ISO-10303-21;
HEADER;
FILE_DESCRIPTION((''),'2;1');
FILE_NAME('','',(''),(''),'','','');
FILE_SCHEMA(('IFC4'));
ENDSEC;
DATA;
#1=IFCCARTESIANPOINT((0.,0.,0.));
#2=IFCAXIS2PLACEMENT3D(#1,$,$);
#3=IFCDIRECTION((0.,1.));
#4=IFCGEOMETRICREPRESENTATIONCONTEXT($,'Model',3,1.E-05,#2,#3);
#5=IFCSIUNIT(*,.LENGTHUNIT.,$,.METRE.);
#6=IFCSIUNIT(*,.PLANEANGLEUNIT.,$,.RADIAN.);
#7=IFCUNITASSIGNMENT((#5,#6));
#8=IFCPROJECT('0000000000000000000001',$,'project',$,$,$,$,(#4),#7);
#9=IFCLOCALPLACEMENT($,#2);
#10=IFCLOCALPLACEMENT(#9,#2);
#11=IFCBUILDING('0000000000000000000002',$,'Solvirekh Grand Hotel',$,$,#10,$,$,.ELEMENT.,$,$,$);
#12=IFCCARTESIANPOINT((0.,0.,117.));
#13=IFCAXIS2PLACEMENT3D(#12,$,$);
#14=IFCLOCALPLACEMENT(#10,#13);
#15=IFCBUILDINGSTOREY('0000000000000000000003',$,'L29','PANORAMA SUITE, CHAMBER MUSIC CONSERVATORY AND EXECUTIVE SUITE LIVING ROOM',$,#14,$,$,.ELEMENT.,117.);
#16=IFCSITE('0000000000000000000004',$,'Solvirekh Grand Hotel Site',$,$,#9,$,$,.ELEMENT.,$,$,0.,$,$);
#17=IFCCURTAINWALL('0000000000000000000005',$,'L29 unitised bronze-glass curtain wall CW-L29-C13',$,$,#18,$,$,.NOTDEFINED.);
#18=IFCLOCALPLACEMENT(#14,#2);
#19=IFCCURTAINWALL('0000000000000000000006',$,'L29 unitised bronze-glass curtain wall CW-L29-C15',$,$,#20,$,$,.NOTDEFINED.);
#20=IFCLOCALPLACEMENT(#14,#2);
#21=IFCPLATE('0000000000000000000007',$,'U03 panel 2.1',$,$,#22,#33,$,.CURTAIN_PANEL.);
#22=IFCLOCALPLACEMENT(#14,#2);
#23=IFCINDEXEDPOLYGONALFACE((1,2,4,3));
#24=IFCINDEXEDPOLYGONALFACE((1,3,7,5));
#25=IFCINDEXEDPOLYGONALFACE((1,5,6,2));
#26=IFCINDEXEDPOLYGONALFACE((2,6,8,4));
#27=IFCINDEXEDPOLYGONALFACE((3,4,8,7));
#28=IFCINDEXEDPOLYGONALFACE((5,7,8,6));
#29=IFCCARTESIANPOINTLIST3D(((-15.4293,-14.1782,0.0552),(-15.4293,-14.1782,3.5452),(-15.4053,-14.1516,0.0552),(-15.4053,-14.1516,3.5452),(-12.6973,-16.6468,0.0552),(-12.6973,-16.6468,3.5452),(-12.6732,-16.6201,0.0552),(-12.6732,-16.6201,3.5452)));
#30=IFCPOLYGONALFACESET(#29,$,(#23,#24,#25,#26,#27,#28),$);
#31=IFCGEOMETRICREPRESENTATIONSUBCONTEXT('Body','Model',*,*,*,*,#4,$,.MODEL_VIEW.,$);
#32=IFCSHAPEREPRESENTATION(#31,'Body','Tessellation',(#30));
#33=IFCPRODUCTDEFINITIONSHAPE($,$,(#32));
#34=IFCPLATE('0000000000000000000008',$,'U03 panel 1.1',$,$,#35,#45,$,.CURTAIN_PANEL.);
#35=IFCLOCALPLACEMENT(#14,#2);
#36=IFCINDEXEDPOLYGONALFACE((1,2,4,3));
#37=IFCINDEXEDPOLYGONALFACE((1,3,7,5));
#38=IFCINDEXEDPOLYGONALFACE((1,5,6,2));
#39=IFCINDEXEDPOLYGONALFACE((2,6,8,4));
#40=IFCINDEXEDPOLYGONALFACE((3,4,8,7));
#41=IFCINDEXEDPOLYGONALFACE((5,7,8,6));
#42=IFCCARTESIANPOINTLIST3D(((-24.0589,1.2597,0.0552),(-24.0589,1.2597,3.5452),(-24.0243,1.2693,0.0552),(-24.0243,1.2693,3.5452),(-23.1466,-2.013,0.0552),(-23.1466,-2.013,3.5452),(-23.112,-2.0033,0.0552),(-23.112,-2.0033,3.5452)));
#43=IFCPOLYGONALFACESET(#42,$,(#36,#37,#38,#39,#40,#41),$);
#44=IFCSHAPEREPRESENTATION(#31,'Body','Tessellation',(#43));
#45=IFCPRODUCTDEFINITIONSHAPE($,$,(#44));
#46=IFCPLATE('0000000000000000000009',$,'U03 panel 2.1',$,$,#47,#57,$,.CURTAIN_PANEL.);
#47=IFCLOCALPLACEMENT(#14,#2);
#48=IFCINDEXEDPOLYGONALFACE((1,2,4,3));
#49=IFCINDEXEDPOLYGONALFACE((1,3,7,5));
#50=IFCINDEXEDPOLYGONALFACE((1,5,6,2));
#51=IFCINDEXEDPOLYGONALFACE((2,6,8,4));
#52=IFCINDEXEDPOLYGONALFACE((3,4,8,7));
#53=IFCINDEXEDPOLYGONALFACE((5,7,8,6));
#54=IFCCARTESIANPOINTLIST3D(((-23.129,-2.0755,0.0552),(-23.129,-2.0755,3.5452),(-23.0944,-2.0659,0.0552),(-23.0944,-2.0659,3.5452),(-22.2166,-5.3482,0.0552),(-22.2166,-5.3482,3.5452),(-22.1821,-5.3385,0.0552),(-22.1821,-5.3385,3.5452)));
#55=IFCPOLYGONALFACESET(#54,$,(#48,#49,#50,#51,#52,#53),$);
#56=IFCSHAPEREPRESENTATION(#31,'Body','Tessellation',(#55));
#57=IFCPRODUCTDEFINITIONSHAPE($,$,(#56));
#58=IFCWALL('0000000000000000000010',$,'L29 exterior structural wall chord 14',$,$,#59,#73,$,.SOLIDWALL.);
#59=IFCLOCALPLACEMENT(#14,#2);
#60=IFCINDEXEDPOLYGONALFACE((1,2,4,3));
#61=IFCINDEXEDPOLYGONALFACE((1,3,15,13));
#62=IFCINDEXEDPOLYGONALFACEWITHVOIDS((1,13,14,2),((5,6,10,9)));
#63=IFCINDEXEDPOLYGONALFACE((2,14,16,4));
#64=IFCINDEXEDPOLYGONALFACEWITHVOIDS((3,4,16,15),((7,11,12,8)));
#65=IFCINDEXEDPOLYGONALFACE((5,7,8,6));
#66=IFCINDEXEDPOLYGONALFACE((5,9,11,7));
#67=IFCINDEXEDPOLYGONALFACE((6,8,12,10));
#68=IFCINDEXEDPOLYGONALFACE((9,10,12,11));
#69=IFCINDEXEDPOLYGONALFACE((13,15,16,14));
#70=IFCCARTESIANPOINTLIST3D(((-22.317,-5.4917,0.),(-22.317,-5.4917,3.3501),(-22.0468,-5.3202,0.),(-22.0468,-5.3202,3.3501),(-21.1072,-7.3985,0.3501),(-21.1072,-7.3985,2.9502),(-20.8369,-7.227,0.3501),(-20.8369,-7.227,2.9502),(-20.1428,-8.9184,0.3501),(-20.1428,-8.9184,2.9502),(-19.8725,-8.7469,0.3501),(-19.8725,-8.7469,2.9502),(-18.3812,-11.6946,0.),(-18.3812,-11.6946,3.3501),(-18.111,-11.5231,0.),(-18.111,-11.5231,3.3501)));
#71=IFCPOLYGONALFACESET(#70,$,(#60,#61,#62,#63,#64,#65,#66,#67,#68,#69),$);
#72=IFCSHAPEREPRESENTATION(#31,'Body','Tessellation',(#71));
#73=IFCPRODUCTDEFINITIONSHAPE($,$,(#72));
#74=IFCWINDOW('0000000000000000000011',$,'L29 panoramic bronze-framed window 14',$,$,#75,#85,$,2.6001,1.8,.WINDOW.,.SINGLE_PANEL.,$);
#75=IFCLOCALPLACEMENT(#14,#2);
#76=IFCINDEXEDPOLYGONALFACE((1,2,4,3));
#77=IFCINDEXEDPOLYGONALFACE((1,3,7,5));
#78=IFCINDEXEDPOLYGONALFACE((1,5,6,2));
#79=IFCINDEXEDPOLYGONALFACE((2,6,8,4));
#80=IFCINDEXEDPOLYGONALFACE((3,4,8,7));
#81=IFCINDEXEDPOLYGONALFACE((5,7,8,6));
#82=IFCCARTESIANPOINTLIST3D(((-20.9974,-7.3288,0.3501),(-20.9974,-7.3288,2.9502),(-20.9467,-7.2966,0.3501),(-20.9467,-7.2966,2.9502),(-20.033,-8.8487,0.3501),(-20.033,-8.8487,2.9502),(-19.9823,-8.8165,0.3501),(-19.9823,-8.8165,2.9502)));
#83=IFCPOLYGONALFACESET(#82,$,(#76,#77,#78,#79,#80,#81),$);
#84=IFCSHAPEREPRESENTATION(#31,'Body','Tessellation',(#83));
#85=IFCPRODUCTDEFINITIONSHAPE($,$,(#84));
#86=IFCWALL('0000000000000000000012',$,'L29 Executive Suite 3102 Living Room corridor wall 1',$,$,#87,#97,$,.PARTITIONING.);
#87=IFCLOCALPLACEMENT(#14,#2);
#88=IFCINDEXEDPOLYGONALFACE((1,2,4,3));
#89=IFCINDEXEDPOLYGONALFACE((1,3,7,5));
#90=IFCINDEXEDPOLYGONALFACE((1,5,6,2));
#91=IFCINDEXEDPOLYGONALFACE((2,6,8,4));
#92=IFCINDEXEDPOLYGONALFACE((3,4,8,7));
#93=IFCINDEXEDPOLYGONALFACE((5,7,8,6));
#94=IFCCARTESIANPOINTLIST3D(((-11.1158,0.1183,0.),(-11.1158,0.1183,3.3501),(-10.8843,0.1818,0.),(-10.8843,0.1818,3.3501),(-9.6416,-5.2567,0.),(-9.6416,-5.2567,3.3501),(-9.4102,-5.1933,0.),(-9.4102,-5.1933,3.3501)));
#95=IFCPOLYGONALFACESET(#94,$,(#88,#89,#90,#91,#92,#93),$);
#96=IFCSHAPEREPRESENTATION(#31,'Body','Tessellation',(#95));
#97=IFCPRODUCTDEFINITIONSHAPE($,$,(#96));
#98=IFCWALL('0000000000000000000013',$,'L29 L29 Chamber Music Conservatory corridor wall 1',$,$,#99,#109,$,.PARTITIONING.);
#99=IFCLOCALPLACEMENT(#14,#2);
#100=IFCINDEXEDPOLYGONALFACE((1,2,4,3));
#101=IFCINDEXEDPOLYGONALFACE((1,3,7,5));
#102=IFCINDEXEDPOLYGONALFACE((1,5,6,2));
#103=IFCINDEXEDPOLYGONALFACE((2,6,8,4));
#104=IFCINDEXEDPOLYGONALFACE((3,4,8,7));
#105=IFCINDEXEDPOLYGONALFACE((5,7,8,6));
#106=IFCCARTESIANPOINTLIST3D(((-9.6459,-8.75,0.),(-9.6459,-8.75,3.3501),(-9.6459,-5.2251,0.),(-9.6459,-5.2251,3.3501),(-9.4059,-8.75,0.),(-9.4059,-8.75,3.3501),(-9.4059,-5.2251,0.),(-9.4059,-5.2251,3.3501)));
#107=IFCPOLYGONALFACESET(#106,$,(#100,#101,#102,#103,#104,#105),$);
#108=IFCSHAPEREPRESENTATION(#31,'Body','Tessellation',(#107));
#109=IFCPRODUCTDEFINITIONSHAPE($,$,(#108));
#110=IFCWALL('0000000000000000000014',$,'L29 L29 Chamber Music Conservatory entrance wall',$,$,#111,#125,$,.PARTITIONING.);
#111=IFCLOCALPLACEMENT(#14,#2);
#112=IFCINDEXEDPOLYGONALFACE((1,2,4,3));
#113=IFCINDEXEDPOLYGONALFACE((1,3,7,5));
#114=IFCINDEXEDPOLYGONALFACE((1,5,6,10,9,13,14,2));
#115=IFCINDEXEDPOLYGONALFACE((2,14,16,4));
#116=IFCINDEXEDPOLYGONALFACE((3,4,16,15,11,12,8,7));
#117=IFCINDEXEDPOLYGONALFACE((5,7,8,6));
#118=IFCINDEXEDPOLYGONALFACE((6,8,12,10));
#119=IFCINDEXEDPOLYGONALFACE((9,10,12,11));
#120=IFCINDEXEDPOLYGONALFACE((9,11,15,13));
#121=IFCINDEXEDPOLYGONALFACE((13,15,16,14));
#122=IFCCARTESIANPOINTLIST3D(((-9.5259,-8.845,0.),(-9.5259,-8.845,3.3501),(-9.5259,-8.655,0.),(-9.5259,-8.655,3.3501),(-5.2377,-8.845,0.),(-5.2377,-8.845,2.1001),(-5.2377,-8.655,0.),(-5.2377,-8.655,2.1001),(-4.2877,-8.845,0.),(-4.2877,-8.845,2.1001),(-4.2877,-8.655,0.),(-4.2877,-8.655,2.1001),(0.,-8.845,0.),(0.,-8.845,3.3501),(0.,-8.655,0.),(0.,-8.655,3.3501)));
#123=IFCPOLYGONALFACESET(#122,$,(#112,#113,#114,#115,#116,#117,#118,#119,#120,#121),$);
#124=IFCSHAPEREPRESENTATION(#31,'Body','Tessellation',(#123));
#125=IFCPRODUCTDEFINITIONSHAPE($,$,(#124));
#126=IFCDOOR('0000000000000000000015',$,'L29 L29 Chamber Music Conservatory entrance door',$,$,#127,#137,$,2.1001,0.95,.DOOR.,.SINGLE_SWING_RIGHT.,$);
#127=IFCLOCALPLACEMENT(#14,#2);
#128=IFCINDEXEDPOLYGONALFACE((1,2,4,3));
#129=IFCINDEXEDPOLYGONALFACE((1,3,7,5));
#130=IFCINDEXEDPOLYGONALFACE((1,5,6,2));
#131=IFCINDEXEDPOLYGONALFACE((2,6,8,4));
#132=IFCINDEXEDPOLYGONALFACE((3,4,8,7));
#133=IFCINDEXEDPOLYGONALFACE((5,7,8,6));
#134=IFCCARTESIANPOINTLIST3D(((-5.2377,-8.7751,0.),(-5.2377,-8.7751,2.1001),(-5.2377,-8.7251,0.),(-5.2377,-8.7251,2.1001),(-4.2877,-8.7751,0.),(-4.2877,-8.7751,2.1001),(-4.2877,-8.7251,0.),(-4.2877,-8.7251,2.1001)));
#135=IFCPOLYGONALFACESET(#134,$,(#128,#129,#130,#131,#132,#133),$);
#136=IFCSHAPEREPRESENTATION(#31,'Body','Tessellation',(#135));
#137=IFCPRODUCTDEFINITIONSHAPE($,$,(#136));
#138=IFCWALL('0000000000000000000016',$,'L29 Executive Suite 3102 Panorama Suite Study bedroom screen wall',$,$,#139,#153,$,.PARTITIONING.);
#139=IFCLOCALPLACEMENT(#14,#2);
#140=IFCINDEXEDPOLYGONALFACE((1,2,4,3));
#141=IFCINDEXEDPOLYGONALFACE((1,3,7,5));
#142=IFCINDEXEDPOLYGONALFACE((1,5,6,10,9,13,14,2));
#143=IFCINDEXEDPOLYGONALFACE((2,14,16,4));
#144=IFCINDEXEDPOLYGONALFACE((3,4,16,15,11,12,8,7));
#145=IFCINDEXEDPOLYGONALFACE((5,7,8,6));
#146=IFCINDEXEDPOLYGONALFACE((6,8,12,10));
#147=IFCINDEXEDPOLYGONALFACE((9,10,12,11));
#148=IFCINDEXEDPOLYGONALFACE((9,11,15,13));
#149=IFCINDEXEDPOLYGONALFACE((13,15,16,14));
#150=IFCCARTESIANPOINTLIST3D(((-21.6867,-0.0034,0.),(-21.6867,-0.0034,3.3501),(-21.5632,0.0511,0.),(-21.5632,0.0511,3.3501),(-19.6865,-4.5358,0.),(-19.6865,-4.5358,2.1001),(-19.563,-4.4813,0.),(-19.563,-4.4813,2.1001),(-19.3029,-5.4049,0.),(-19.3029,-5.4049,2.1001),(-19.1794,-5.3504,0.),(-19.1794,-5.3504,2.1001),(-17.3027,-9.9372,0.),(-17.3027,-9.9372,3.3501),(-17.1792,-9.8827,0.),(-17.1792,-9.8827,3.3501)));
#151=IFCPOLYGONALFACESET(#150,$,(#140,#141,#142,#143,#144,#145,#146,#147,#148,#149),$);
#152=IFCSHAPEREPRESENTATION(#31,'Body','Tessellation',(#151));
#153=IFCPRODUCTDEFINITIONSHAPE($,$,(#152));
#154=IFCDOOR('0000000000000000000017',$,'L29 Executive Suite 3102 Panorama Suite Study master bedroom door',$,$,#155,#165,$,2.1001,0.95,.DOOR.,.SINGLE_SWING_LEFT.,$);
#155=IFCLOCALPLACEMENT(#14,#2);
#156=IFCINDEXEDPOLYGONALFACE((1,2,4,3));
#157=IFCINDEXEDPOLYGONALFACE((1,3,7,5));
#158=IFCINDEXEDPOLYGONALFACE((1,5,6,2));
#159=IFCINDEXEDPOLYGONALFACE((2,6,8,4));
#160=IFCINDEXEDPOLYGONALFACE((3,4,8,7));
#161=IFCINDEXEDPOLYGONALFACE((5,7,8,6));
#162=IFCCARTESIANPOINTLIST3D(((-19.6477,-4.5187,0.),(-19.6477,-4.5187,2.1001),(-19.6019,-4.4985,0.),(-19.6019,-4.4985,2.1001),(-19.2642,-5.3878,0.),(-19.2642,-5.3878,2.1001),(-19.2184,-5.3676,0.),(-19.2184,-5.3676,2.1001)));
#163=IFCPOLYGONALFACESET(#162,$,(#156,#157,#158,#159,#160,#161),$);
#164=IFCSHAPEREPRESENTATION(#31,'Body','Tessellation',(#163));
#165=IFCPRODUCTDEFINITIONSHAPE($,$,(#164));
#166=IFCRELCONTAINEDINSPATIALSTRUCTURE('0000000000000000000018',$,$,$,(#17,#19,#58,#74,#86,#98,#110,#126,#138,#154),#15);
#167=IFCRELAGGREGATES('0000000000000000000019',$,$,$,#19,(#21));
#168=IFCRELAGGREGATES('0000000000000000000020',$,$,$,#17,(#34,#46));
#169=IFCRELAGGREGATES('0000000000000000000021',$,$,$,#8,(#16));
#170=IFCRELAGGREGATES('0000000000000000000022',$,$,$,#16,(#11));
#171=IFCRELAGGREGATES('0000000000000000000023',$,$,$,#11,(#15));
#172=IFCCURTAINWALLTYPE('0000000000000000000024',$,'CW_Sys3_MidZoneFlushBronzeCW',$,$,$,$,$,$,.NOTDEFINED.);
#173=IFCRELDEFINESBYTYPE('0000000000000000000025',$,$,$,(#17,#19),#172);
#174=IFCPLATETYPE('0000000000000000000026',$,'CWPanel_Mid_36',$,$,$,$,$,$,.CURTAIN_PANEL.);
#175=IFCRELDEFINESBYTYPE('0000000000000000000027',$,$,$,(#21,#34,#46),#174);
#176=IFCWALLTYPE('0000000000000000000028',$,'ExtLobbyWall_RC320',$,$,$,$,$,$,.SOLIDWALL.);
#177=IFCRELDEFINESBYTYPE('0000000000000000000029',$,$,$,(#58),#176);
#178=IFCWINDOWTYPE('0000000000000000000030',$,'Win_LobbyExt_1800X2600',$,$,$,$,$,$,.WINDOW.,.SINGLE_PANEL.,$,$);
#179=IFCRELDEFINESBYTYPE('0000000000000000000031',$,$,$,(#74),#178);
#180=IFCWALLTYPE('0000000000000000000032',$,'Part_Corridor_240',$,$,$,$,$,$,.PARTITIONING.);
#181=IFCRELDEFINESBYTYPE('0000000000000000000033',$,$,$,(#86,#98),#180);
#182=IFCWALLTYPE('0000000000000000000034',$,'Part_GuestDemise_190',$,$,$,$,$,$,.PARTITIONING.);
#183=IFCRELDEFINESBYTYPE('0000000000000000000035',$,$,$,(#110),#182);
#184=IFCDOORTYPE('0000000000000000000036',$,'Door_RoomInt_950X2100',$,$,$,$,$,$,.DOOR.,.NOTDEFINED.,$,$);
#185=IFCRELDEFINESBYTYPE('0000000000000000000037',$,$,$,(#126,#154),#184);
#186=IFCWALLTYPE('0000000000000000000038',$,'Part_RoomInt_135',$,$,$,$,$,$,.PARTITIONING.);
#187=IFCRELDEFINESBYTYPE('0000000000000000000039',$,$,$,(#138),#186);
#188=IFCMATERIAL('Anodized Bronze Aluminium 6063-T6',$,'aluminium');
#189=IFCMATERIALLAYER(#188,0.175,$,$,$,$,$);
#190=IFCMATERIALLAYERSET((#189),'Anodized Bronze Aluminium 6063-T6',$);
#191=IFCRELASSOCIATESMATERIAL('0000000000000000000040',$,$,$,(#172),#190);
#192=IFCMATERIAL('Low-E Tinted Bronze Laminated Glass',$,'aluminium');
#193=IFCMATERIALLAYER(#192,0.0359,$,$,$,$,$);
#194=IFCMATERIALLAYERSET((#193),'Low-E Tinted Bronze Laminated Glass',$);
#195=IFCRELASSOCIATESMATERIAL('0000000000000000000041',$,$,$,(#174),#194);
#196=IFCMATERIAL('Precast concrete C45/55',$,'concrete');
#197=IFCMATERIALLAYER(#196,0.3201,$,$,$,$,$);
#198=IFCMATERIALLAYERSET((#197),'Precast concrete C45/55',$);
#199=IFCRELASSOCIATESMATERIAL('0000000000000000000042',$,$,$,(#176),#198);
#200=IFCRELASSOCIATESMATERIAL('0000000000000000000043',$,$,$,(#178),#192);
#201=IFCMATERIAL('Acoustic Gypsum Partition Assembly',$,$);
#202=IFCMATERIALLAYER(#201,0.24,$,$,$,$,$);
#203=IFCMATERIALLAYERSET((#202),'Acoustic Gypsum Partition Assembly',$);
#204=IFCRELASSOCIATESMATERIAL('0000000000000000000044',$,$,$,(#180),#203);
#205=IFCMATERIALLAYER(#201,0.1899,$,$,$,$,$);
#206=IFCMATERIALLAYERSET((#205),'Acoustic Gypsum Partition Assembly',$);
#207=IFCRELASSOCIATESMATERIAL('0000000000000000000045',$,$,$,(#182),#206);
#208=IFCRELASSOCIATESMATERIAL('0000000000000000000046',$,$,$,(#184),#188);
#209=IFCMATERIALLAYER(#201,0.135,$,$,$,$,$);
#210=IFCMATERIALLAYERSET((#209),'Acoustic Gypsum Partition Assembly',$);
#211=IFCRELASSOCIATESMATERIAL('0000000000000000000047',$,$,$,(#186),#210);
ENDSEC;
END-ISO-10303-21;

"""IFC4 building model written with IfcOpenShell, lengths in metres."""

from ifc_helpers import new_model, si_unit, direction, frame, frame_2d, origin, origin_2d, place, context, subcontext, project, spatial, rectangle, extrude, source, transform, mapped, material, layer, layer_set, type_object, element, fill, aggregate, save


model = new_model("IFC4")

# Units and contexts
model_context = context("Model", 3, precision=1e-05, world=origin(), true_north=direction((0.0, 1.0)))
body_context = subcontext(model_context, "Body", "Model", "MODEL_VIEW")
ifc_project = project(units=[si_unit("LENGTHUNIT", "METRE"), si_unit("PLANEANGLEUNIT", "RADIAN")], contexts=[model_context])

# Site, building, storey
site_placement = place(None, origin())
site = spatial("IfcSite", under=ifc_project, at=site_placement, Name="Solvirekh Grand Hotel Site", CompositionType="ELEMENT", RefElevation=0.0)
building_placement = place(site_placement, origin())
building = spatial("IfcBuilding", under=site, at=building_placement, Name="Solvirekh Grand Hotel", CompositionType="ELEMENT")
storey_placement = place(building_placement, frame((0.0, 0.0, 117.0)))
storey = spatial("IfcBuildingStorey", under=building, at=storey_placement, Name="L29", Description="PANORAMA SUITE, CHAMBER MUSIC CONSERVATORY AND EXECUTIVE SUITE LIVING ROOM", CompositionType="ELEMENT", Elevation=117.0)

# Curtain walls
ifc_material_1 = material(Name="Anodized Bronze Aluminium 6063-T6", Category="aluminium")
ifc_layer_1 = layer(ifc_material_1, 0.175)
ifc_layer_set_1 = layer_set([ifc_layer_1], Name="Anodized Bronze Aluminium 6063-T6")
curtain_wall_type = type_object("IfcCurtainWallType", Name="CW_Sys3_MidZoneFlushBronzeCW", PredefinedType="NOTDEFINED", material=ifc_layer_set_1)
curtain_wall_1_placement = place(storey_placement, origin())
curtain_wall_1 = element("IfcCurtainWall", 1, at=curtain_wall_1_placement, inside=storey, type_object=curtain_wall_type, Name="L29 unitised bronze-glass curtain wall CW-L29-C13", PredefinedType="NOTDEFINED")
curtain_wall_2_placement = place(storey_placement, origin())
curtain_wall_2 = element("IfcCurtainWall", 2, at=curtain_wall_2_placement, inside=storey, type_object=curtain_wall_type, Name="L29 unitised bronze-glass curtain wall CW-L29-C15", PredefinedType="NOTDEFINED")

# Plates
ifc_material_2 = material(Name="Low-E Tinted Bronze Laminated Glass", Category="aluminium")
ifc_layer_2 = layer(ifc_material_2, 0.0359)
ifc_layer_set_2 = layer_set([ifc_layer_2], Name="Low-E Tinted Bronze Laminated Glass")
plate_type = type_object("IfcPlateType", Name="CWPanel_Mid_36", PredefinedType="CURTAIN_PANEL", material=ifc_layer_set_2)
shared_shape_1 = source(origin(), body_context, "Body", "SweptSolid", [
    extrude(rectangle(XDim=3.6821, YDim=0.0359, at=origin_2d()), origin(), (0.0, 0.0, 1.0), 3.49),
])
plate_1_placement = place(storey_placement, frame((-14.0513, -15.3992, 0.0552), z_axis=(0.0, 0.0, 1.0), x_axis=(0.741984, -0.670418, 0.0)))
plate_1 = element("IfcPlate", 3, at=plate_1_placement, type_object=plate_type, Name="U03 panel 2.1", PredefinedType="CURTAIN_PANEL", context=body_context, shape_type="MappedRepresentation", body=[
    mapped(shared_shape_1, transform((0.0, 0.0, 0.0), x_axis=(1.0, 0.0, 0.0), y_axis=(0.0, 1.0, 0.0), z_axis=(0.0, 0.0, 1.0), scale=1.0)),
])
aggregate(curtain_wall_2, [plate_1])
shared_shape_2 = source(origin(), body_context, "Body", "SweptSolid", [
    extrude(rectangle(XDim=3.3975, YDim=0.0359, at=origin_2d()), origin(), (0.0, 0.0, 1.0), 3.49),
])
plate_2_placement = place(storey_placement, frame((-23.5854, -0.3718, 0.0552), z_axis=(0.0, 0.0, 1.0), x_axis=(0.268537, -0.963269, 0.0)))
plate_2 = element("IfcPlate", 4, at=plate_2_placement, type_object=plate_type, Name="U03 panel 1.1", PredefinedType="CURTAIN_PANEL", context=body_context, shape_type="MappedRepresentation", body=[
    mapped(shared_shape_2, transform((0.0, 0.0, 0.0), x_axis=(1.0, 0.0, 0.0), y_axis=(0.0, 1.0, 0.0), z_axis=(0.0, 0.0, 1.0), scale=1.0)),
])
plate_3_placement = place(storey_placement, frame((-22.6555, -3.707, 0.0552), z_axis=(0.0, 0.0, 1.0), x_axis=(0.268537, -0.963269, 0.0)))
plate_3 = element("IfcPlate", 5, at=plate_3_placement, type_object=plate_type, Name="U03 panel 2.1", PredefinedType="CURTAIN_PANEL", context=body_context, shape_type="MappedRepresentation", body=[
    mapped(shared_shape_2, transform((0.0, 0.0, 0.0), x_axis=(1.0, 0.0, 0.0), y_axis=(0.0, 1.0, 0.0), z_axis=(0.0, 0.0, 1.0), scale=1.0)),
])
aggregate(curtain_wall_1, [plate_2, plate_3])

# Wall, opening, window
ifc_material_3 = material(Name="Precast concrete C45/55", Category="concrete")
ifc_layer_3 = layer(ifc_material_3, 0.3201)
ifc_layer_set_3 = layer_set([ifc_layer_3], Name="Precast concrete C45/55")
wall_type_1 = type_object("IfcWallType", Name="ExtLobbyWall_RC320", PredefinedType="SOLIDWALL", material=ifc_layer_set_3)
wall_1_placement = place(storey_placement, frame((-18.2461, -11.6089, 0.0), z_axis=(0.0, 0.0, 1.0), x_axis=(-0.535761, 0.84437, 0.0)))
wall_1 = element("IfcWall", 6, at=wall_1_placement, inside=storey, type_object=wall_type_1, Name="L29 exterior structural wall chord 14", PredefinedType="SOLIDWALL", context=body_context, shape_type="SweptSolid", body=[
    extrude(rectangle(XDim=7.3462, YDim=0.3201, at=frame_2d((3.6731, 0.0))), origin(), (0.0, 0.0, 1.0), 3.3501),
])
opening_1_placement = place(wall_1_placement, frame((3.2881, 0.0, 0.3501)))
opening_1 = element("IfcOpeningElement", 7, at=opening_1_placement, cuts=wall_1, PredefinedType="OPENING", context=body_context, shape_type="SweptSolid", body=[
    extrude(rectangle(XDim=1.8, YDim=2.6001, at=frame_2d((0.8999, 1.3))), frame((0.0, 0.1699, 0.0), z_axis=(0.0, -1.0, 0.0), x_axis=(1.0, 0.0, 0.0)), (0.0, 0.0, 1.0), 0.3401),
])
window_type = type_object("IfcWindowType", Name="Win_LobbyExt_1800X2600", PartitioningType="SINGLE_PANEL", PredefinedType="WINDOW", material=ifc_material_2)
window_placement = place(opening_1_placement, origin())
window = element("IfcWindow", 8, at=window_placement, inside=storey, type_object=window_type, Name="L29 panoramic bronze-framed window 14", OverallHeight=2.6001, OverallWidth=1.8, PartitioningType="SINGLE_PANEL", PredefinedType="WINDOW", context=body_context, shape_type="SweptSolid", body=[
    extrude(rectangle(XDim=1.8, YDim=2.6001, at=frame_2d((0.8999, 1.3))), frame((0.0, 0.03, 0.0), z_axis=(0.0, -1.0, 0.0), x_axis=(1.0, 0.0, 0.0)), (0.0, 0.0, 1.0), 0.0601),
])
fill(opening_1, window)

# Walls
ifc_material_4 = material(Name="Acoustic Gypsum Partition Assembly")
ifc_layer_4 = layer(ifc_material_4, 0.24)
ifc_layer_set_4 = layer_set([ifc_layer_4], Name="Acoustic Gypsum Partition Assembly")
wall_type_2 = type_object("IfcWallType", Name="Part_Corridor_240", PredefinedType="PARTITIONING", material=ifc_layer_set_4)
wall_2_placement = place(storey_placement, frame((-11.0, 0.1499, 0.0), z_axis=(0.0, 0.0, 1.0), x_axis=(0.264489, -0.964389, 0.0)))
element("IfcWall", 9, at=wall_2_placement, inside=storey, type_object=wall_type_2, Name="L29 Executive Suite 3102 Living Room corridor wall 1", PredefinedType="PARTITIONING", context=body_context, shape_type="SweptSolid", body=[
    extrude(rectangle(XDim=5.5735, YDim=0.24, at=frame_2d((2.7866, 0.0))), origin(), (0.0, 0.0, 1.0), 3.3501),
])
wall_3_placement = place(storey_placement, frame((-9.5259, -5.2251, 0.0), z_axis=(0.0, 0.0, 1.0), x_axis=(0.0, -1.0, 0.0)))
element("IfcWall", 10, at=wall_3_placement, inside=storey, type_object=wall_type_2, Name="L29 L29 Chamber Music Conservatory corridor wall 1", PredefinedType="PARTITIONING", context=body_context, shape_type="SweptSolid", body=[
    extrude(rectangle(XDim=3.5249, YDim=0.24, at=frame_2d((1.7625, 0.0))), origin(), (0.0, 0.0, 1.0), 3.3501),
])

# Walls, openings, doors
ifc_layer_5 = layer(ifc_material_4, 0.1899)
ifc_layer_set_5 = layer_set([ifc_layer_5], Name="Acoustic Gypsum Partition Assembly")
wall_type_3 = type_object("IfcWallType", Name="Part_GuestDemise_190", PredefinedType="PARTITIONING", material=ifc_layer_set_5)
wall_4_placement = place(storey_placement, frame((-9.5259, -8.75, 0.0), z_axis=(0.0, 0.0, 1.0), x_axis=(1.0, 0.0, 0.0)))
wall_4 = element("IfcWall", 11, at=wall_4_placement, inside=storey, type_object=wall_type_3, Name="L29 L29 Chamber Music Conservatory entrance wall", PredefinedType="PARTITIONING", context=body_context, shape_type="SweptSolid", body=[
    extrude(rectangle(XDim=9.5259, YDim=0.1899, at=frame_2d((4.7629, 0.0))), origin(), (0.0, 0.0, 1.0), 3.3501),
])
opening_2_placement = place(wall_4_placement, frame((4.2881, 0.0, 0.0)))
opening_2 = element("IfcOpeningElement", 12, at=opening_2_placement, cuts=wall_4, PredefinedType="OPENING", context=body_context, shape_type="SweptSolid", body=[
    extrude(rectangle(XDim=0.95, YDim=2.1001, at=frame_2d((0.4751, 1.05))), frame((0.0, 0.105, 0.0), z_axis=(0.0, -1.0, 0.0), x_axis=(1.0, 0.0, 0.0)), (0.0, 0.0, 1.0), 0.21),
])
door_type = type_object("IfcDoorType", Name="Door_RoomInt_950X2100", OperationType="NOTDEFINED", PredefinedType="DOOR", material=ifc_material_1)
door_1_placement = place(opening_2_placement, origin())
door_1 = element("IfcDoor", 13, at=door_1_placement, inside=storey, type_object=door_type, Name="L29 L29 Chamber Music Conservatory entrance door", OperationType="SINGLE_SWING_RIGHT", OverallHeight=2.1001, OverallWidth=0.95, PredefinedType="DOOR", context=body_context, shape_type="SweptSolid", body=[
    extrude(rectangle(XDim=0.95, YDim=2.1001, at=frame_2d((0.4751, 1.05))), frame((0.0, 0.0249, 0.0), z_axis=(0.0, -1.0, 0.0), x_axis=(1.0, 0.0, 0.0)), (0.0, 0.0, 1.0), 0.05),
])
fill(opening_2, door_1)
ifc_layer_6 = layer(ifc_material_4, 0.135)
ifc_layer_set_6 = layer_set([ifc_layer_6], Name="Acoustic Gypsum Partition Assembly")
wall_type_4 = type_object("IfcWallType", Name="Part_RoomInt_135", PredefinedType="PARTITIONING", material=ifc_layer_set_6)
wall_5_placement = place(storey_placement, frame((-21.625, 0.0239, 0.0), z_axis=(0.0, 0.0, 1.0), x_axis=(0.403753, -0.914868, 0.0)))
wall_5 = element("IfcWall", 14, at=wall_5_placement, inside=storey, type_object=wall_type_4, Name="L29 Executive Suite 3102 Panorama Suite Study bedroom screen wall", PredefinedType="PARTITIONING", context=body_context, shape_type="SweptSolid", body=[
    extrude(rectangle(XDim=10.8582, YDim=0.135, at=frame_2d((5.4292, 0.0))), origin(), (0.0, 0.0, 1.0), 3.3501),
])
opening_3_placement = place(wall_5_placement, frame((4.9541, 0.0, 0.0)))
opening_3 = element("IfcOpeningElement", 15, at=opening_3_placement, cuts=wall_5, PredefinedType="OPENING", context=body_context, shape_type="SweptSolid", body=[
    extrude(rectangle(XDim=0.95, YDim=2.1001, at=frame_2d((0.4751, 1.05))), frame((0.0, 0.0776, 0.0), z_axis=(0.0, -1.0, 0.0), x_axis=(1.0, 0.0, 0.0)), (0.0, 0.0, 1.0), 0.155),
])
door_2_placement = place(opening_3_placement, origin())
door_2 = element("IfcDoor", 16, at=door_2_placement, inside=storey, type_object=door_type, Name="L29 Executive Suite 3102 Panorama Suite Study master bedroom door", OperationType="SINGLE_SWING_LEFT", OverallHeight=2.1001, OverallWidth=0.95, PredefinedType="DOOR", context=body_context, shape_type="SweptSolid", body=[
    extrude(rectangle(XDim=0.95, YDim=2.1001, at=frame_2d((0.4751, 1.05))), frame((0.0, 0.0249, 0.0), z_axis=(0.0, -1.0, 0.0), x_axis=(1.0, 0.0, 0.0)), (0.0, 0.0, 1.0), 0.05),
])
fill(opening_3, door_2)

save(model, "model.ifc")
